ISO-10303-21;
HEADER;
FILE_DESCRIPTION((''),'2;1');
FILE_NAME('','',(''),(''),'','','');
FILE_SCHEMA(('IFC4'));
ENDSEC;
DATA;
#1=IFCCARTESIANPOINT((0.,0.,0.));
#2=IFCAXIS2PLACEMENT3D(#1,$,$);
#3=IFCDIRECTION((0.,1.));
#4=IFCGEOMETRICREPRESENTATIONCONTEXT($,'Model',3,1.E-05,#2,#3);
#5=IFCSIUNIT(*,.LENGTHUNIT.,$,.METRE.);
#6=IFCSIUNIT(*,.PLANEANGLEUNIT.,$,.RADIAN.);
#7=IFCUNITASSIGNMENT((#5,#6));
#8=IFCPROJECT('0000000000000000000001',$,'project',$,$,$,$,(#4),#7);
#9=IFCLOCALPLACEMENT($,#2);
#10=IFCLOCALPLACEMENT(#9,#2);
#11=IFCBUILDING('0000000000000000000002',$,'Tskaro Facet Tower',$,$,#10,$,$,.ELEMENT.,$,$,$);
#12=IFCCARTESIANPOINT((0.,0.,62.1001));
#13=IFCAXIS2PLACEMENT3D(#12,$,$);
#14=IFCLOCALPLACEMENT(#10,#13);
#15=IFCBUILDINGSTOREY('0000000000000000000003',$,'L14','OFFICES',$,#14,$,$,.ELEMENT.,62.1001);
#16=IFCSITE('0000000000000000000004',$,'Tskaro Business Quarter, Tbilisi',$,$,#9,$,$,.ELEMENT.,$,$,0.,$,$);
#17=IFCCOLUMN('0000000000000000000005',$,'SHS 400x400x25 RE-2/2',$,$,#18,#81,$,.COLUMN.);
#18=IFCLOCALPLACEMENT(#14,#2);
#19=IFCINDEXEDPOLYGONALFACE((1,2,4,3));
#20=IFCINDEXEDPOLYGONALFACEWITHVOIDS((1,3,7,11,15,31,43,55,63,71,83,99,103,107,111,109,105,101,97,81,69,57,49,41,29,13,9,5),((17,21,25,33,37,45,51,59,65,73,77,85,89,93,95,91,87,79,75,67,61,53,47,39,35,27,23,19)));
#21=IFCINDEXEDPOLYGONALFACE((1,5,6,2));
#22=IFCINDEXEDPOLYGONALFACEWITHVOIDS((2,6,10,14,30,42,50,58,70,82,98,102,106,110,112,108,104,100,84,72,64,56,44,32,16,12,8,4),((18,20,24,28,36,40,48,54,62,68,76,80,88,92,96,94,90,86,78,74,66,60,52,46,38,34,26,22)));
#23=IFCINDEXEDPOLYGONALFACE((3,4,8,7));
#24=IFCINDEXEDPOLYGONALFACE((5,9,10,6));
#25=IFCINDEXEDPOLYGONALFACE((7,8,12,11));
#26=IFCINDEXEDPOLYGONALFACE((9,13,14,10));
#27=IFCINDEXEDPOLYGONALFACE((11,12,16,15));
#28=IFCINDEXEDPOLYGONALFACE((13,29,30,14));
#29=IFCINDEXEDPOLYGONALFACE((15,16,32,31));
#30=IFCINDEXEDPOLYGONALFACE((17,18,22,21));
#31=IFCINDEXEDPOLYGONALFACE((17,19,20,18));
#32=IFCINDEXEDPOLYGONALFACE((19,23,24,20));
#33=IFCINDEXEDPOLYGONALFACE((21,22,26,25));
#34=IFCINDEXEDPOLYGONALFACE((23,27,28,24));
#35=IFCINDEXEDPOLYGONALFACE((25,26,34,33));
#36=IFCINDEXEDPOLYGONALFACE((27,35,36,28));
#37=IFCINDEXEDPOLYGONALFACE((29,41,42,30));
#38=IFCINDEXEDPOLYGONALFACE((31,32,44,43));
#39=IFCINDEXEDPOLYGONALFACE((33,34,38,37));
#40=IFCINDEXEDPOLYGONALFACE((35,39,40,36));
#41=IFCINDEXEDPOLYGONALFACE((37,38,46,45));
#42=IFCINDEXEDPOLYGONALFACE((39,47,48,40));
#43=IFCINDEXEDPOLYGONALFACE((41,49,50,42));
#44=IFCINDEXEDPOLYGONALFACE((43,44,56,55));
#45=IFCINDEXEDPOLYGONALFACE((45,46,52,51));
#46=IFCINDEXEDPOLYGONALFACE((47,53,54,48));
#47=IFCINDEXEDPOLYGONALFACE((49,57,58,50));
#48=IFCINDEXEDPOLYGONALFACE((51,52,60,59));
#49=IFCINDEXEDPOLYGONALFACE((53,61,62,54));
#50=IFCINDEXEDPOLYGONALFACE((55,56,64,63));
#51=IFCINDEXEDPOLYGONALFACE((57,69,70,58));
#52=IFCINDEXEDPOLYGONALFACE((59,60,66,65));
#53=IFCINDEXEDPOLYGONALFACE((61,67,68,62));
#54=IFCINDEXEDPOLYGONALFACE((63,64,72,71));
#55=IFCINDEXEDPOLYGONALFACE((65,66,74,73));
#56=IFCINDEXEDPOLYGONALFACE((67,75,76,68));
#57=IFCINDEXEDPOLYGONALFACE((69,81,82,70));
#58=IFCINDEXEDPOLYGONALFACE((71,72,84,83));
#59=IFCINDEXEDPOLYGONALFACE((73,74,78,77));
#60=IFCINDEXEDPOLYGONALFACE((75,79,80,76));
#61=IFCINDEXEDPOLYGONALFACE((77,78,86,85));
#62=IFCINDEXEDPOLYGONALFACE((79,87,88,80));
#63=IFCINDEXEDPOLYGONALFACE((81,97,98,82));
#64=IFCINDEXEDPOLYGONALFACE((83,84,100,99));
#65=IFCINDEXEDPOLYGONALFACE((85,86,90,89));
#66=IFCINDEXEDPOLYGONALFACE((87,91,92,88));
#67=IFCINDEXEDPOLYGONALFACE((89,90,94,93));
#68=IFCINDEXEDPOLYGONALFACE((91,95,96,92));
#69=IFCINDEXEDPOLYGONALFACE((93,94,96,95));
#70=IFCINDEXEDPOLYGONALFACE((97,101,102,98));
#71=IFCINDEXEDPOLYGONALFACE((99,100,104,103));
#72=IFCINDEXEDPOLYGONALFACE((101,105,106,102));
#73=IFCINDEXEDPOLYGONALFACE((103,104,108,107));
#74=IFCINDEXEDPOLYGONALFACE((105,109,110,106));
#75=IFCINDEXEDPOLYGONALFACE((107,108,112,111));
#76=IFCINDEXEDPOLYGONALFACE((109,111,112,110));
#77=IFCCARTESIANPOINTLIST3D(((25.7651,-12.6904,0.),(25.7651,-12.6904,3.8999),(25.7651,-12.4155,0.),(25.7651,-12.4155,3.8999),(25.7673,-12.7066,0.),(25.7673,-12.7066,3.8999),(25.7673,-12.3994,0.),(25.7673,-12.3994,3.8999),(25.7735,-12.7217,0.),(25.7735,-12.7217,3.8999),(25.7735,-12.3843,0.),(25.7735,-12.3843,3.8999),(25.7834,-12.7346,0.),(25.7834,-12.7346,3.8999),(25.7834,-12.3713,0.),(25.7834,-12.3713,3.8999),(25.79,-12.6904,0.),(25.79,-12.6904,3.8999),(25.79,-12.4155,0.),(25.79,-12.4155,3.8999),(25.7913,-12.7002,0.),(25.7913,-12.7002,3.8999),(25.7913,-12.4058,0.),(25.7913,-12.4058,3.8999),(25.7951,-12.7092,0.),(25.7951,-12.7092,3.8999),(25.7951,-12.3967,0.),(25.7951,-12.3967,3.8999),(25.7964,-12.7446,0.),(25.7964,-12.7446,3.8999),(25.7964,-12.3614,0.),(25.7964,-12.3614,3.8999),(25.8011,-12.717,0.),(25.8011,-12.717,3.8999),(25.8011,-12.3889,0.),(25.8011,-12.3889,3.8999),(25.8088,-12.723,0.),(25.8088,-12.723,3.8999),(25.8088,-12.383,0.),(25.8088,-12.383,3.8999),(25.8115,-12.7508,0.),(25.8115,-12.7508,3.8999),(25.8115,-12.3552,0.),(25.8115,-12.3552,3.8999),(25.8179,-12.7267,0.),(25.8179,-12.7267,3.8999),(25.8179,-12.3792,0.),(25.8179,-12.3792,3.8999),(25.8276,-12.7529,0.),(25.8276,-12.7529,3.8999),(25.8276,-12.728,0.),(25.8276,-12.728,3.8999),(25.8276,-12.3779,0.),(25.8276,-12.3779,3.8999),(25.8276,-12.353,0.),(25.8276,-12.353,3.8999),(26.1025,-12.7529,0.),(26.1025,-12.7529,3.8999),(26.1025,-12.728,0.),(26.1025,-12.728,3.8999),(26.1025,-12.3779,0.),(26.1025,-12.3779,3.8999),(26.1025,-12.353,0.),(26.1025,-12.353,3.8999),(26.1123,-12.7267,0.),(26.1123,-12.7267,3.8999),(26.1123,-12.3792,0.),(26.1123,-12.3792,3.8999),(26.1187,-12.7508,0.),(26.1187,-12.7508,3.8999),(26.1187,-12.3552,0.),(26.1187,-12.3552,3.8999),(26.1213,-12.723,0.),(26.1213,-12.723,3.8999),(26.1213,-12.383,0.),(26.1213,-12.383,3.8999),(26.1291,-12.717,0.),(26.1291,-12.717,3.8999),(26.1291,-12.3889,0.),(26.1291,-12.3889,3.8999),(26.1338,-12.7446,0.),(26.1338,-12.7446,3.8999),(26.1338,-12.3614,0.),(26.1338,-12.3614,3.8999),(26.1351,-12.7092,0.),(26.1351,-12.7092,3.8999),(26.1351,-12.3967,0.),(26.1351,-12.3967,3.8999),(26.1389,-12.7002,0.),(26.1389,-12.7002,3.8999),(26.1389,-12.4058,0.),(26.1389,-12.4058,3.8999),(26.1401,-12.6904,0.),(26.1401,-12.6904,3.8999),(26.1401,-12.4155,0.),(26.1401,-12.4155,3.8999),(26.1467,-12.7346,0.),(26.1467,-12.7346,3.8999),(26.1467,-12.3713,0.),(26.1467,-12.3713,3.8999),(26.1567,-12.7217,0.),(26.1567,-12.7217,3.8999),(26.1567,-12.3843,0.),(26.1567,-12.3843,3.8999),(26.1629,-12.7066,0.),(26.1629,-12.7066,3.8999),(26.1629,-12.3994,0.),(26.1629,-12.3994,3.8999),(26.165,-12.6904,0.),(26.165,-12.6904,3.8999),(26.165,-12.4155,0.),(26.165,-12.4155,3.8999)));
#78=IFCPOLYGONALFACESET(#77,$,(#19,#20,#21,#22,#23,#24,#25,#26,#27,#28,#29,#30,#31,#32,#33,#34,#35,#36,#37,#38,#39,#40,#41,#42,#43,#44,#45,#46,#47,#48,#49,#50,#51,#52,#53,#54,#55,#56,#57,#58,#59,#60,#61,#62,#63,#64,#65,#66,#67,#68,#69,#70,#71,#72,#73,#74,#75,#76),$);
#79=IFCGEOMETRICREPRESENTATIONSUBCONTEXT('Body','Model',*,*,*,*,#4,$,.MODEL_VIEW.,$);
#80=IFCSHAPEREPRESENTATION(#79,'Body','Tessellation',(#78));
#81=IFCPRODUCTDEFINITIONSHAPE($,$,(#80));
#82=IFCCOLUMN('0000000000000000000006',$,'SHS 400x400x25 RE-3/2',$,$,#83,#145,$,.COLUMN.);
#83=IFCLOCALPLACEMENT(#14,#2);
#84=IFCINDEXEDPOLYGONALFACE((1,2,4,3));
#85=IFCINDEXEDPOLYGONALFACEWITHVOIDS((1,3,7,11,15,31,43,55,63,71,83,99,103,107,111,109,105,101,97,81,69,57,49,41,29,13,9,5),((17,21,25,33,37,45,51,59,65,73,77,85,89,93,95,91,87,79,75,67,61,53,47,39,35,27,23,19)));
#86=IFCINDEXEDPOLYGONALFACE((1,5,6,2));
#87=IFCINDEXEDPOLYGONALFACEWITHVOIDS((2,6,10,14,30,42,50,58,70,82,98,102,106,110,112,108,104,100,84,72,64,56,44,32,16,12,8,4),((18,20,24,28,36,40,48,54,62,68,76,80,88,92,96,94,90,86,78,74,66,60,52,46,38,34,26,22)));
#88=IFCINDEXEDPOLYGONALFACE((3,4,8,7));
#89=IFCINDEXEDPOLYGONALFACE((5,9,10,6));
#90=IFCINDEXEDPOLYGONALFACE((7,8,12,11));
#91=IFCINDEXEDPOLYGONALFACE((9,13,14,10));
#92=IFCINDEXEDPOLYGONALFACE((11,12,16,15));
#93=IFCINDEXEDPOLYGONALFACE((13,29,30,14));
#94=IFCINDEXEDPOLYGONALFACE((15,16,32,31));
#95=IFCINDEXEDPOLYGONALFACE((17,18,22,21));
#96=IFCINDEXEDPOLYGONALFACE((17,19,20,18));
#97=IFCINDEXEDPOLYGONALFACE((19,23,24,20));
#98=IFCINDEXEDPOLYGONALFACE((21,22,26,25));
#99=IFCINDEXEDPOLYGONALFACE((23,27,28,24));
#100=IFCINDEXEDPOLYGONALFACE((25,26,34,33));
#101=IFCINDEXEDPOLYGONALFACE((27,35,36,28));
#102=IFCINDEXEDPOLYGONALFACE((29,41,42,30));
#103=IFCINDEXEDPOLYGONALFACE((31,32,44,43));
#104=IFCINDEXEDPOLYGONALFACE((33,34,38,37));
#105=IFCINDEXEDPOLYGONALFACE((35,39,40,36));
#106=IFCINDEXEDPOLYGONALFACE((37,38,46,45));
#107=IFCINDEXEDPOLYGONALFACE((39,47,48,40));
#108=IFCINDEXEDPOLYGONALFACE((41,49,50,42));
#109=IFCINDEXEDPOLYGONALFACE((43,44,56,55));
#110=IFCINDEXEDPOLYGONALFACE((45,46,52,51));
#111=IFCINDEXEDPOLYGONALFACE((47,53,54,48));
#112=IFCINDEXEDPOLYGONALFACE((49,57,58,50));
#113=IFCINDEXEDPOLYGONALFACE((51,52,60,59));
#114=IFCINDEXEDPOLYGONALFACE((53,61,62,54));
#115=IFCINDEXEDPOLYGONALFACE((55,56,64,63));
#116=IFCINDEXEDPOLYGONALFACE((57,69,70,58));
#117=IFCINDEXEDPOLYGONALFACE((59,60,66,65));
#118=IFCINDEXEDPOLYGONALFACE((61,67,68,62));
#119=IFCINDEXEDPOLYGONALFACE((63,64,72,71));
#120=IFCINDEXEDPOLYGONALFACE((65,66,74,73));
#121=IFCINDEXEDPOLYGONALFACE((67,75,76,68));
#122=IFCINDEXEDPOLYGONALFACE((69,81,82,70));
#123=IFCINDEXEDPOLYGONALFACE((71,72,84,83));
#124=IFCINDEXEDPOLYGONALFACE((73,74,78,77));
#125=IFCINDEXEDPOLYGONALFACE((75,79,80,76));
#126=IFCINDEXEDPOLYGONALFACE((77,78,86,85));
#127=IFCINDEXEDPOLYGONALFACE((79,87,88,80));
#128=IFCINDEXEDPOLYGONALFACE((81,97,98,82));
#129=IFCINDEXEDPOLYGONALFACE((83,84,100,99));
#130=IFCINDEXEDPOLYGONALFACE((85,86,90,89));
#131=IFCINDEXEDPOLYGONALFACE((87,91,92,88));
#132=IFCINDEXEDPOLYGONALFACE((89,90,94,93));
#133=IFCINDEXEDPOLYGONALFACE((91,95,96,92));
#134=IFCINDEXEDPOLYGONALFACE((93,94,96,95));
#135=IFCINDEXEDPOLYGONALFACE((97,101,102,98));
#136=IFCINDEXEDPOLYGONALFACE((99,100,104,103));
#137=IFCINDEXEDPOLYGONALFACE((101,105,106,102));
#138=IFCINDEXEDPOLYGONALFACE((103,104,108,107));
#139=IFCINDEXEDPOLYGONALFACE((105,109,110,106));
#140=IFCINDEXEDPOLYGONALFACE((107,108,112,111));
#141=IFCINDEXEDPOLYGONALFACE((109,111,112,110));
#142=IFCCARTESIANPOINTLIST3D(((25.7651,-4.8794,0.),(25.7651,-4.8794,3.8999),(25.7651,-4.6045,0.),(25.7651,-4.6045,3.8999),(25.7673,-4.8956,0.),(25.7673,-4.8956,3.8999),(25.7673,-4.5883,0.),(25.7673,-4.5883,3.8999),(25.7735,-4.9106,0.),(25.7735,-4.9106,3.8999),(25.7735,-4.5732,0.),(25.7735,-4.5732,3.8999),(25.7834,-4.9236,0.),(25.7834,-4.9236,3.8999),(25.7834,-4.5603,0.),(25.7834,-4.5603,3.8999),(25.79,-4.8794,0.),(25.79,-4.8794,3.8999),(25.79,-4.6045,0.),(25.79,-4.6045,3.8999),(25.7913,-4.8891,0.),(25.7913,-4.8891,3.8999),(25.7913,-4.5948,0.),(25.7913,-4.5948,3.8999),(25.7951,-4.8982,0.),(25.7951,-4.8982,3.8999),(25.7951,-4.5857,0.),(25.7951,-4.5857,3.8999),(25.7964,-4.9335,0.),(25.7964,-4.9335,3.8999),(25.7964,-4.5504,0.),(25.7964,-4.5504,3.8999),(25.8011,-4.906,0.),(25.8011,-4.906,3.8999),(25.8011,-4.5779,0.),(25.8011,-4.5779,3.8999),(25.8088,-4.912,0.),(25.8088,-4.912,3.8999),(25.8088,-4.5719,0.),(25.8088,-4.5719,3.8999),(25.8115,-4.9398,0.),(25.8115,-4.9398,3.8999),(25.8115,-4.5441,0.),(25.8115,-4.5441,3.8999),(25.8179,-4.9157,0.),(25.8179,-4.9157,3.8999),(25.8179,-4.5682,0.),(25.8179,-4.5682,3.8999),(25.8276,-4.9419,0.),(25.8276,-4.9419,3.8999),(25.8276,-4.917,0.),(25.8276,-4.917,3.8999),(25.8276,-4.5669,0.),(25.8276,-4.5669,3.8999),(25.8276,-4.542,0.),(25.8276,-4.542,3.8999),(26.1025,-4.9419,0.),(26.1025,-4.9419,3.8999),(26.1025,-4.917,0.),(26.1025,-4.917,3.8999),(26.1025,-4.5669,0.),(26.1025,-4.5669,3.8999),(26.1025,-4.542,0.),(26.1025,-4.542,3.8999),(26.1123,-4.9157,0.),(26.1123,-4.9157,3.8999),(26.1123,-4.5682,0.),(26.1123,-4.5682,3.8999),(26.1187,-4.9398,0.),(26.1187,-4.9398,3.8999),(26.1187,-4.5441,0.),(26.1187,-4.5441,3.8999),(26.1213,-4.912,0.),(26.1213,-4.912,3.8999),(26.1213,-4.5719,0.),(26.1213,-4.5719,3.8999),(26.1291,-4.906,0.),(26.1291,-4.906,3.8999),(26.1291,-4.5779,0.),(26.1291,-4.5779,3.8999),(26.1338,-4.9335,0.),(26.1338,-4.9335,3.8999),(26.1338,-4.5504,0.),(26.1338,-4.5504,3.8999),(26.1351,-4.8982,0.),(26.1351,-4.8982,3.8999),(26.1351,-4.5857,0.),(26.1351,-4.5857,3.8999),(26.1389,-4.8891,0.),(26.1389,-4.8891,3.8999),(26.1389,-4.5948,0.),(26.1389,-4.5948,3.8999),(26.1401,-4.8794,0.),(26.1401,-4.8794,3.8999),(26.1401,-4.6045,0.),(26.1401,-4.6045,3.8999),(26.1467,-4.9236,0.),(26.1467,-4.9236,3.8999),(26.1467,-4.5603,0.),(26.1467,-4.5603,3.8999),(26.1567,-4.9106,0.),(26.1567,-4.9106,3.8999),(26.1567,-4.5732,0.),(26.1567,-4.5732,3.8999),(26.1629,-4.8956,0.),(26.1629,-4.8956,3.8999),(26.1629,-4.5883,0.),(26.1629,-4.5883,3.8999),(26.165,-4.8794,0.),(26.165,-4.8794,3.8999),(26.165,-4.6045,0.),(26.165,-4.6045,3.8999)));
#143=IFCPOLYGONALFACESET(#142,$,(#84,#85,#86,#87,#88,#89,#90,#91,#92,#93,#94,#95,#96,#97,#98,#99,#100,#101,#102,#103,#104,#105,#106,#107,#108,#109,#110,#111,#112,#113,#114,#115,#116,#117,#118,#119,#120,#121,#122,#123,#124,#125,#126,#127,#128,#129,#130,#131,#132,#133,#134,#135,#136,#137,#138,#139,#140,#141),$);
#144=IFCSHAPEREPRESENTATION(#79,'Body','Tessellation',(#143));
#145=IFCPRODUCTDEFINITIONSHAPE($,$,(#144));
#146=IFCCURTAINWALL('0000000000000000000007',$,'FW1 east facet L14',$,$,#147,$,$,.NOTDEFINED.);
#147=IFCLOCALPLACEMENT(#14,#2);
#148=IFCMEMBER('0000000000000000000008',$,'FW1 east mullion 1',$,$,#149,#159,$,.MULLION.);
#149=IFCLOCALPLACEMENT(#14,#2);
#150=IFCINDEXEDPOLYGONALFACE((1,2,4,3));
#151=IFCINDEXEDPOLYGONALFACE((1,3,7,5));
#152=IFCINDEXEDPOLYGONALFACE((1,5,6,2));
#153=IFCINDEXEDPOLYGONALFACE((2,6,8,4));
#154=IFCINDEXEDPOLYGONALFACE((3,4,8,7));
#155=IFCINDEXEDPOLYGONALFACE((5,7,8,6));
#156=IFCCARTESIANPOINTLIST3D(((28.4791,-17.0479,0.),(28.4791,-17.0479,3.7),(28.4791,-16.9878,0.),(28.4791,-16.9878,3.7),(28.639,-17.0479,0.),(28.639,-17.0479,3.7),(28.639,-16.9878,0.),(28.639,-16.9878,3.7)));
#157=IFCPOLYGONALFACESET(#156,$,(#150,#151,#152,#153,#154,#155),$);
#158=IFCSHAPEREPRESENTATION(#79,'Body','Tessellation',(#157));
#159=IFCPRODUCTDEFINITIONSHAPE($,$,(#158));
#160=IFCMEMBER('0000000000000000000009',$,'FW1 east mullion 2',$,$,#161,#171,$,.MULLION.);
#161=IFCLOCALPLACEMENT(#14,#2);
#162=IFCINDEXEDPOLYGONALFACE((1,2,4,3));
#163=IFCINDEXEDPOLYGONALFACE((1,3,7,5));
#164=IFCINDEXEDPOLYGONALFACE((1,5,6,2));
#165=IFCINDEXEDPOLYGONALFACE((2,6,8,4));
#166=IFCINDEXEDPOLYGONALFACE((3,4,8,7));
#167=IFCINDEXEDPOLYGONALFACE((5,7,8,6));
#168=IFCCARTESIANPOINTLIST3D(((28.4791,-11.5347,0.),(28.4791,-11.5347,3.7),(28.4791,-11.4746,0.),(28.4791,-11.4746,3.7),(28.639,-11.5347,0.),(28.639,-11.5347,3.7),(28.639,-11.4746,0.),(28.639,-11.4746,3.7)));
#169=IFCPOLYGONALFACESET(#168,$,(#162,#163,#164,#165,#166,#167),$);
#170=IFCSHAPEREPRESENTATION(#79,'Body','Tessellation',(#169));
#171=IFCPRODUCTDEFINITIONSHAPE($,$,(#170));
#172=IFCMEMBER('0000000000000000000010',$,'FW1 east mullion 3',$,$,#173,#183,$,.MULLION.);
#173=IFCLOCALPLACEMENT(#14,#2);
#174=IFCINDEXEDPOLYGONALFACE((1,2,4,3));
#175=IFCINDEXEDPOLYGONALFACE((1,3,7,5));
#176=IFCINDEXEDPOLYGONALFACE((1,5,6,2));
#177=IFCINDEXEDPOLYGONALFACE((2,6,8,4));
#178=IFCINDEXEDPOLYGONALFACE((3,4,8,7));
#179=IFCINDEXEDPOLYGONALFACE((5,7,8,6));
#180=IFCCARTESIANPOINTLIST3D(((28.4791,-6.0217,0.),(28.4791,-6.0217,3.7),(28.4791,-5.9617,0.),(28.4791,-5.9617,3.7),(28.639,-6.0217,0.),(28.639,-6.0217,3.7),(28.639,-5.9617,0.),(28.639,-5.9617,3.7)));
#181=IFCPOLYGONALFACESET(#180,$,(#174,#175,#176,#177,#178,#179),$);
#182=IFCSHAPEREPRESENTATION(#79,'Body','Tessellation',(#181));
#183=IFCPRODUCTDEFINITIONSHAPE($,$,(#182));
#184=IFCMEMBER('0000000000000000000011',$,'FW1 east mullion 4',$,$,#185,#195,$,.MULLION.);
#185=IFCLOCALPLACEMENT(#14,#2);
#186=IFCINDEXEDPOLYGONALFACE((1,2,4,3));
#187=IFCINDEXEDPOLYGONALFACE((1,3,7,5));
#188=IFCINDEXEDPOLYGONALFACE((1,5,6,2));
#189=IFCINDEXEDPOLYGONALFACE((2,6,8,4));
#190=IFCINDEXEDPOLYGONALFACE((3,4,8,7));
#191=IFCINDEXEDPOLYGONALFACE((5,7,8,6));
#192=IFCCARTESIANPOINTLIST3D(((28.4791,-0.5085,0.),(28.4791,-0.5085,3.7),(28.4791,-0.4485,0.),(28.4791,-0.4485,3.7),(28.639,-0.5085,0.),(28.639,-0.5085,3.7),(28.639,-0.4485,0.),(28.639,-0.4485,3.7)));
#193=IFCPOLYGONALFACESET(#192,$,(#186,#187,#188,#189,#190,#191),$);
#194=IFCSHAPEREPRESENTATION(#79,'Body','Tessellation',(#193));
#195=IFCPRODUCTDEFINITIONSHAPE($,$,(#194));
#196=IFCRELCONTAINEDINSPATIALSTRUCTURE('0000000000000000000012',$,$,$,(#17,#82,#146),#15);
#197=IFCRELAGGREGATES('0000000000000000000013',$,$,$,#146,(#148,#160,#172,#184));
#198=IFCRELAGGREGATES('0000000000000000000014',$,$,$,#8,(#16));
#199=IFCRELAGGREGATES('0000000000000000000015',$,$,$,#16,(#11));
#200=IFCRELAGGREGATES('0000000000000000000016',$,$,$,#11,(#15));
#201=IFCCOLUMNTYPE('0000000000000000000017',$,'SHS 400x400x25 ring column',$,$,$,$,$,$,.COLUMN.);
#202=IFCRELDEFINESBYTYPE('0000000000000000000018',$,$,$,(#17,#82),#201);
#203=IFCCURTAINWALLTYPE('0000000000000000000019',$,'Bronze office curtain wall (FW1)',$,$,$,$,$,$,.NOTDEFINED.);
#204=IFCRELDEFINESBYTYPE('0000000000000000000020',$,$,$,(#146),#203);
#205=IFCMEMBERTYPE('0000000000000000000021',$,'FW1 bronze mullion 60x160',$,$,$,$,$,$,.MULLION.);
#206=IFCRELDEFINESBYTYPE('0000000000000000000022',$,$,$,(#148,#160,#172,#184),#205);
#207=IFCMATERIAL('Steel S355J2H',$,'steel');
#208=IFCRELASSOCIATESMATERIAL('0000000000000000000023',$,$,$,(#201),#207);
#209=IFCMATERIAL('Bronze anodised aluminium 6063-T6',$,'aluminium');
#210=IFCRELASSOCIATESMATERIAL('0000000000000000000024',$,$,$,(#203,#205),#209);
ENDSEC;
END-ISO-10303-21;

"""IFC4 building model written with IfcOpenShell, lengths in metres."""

from ifc_helpers import new_model, si_unit, direction, frame, origin, origin_2d, place, context, subcontext, project, spatial, rectangle, hollow_rectangle, extrude, material, material_profile, profile_set, type_object, element, aggregate, save


model = new_model("IFC4")

# Units and contexts
model_context = context("Model", 3, precision=1e-05, world=origin(), true_north=direction((0.0, 1.0)))
body_context = subcontext(model_context, "Body", "Model", "MODEL_VIEW")
ifc_project = project(units=[si_unit("LENGTHUNIT", "METRE"), si_unit("PLANEANGLEUNIT", "RADIAN")], contexts=[model_context])

# Site, building, storey
site_placement = place(None, origin())
site = spatial("IfcSite", under=ifc_project, at=site_placement, Name="Tskaro Business Quarter, Tbilisi", CompositionType="ELEMENT", RefElevation=0.0)
building_placement = place(site_placement, origin())
building = spatial("IfcBuilding", under=site, at=building_placement, Name="Tskaro Facet Tower", CompositionType="ELEMENT")
storey_placement = place(building_placement, frame((0.0, 0.0, 62.1001)))
storey = spatial("IfcBuildingStorey", under=building, at=storey_placement, Name="L14", Description="OFFICES", CompositionType="ELEMENT", Elevation=62.1001)

# Columns
ifc_material_1 = material(Name="Steel S355J2H", Category="steel")
ifc_material_profile_1 = material_profile(ifc_material_1, hollow_rectangle(XDim=0.3999, YDim=0.3999, WallThickness=0.0249, InnerFilletRadius=0.0376, OuterFilletRadius=0.0625, at=origin_2d()), Name="SHS 400x400x25")
ifc_profile_set_1 = profile_set([ifc_material_profile_1], Name="Steel S355J2H")
column_type_1 = type_object("IfcColumnType", Name="SHS 400x400x25 ring column", PredefinedType="COLUMN", material=ifc_profile_set_1)
for number, where, z_axis, x_axis, name in (
    (1, (25.9651, -12.553, 0.0), (0.0, 0.0, 1.0), (1.0, 0.0, 0.0), "SHS 400x400x25 RE-2/2"),
    (2, (25.9651, -4.7419, 0.0), (0.0, 0.0, 1.0), (1.0, 0.0, 0.0), "SHS 400x400x25 RE-3/2"),
):
    element("IfcColumn", number, at=place(storey_placement, frame(where, z_axis=z_axis, x_axis=x_axis)), inside=storey, type_object=column_type_1, Name=name, PredefinedType="COLUMN", context=body_context, shape_type="SweptSolid", body=[
        extrude(hollow_rectangle(XDim=0.3999, YDim=0.3999, WallThickness=0.0249, InnerFilletRadius=0.0376, OuterFilletRadius=0.0625, at=origin_2d()), origin(), (0.0, 0.0, 1.0), 3.8999),
    ])

# Curtain wall, members
ifc_material_2 = material(Name="Bronze anodised aluminium 6063-T6", Category="aluminium")
curtain_wall_type = type_object("IfcCurtainWallType", Name="Bronze office curtain wall (FW1)", PredefinedType="NOTDEFINED", material=ifc_material_2)
curtain_wall_placement = place(storey_placement, origin())
curtain_wall = element("IfcCurtainWall", 3, at=curtain_wall_placement, inside=storey, type_object=curtain_wall_type, Name="FW1 east facet L14", PredefinedType="NOTDEFINED")
ifc_material_profile_2 = material_profile(ifc_material_2, rectangle(XDim=0.0601, YDim=0.1599, at=origin_2d()), Name="Mullion 60x160")
ifc_profile_set_2 = profile_set([ifc_material_profile_2], Name="Bronze anodised aluminium 6063-T6")
member_type_1 = type_object("IfcMemberType", Name="FW1 bronze mullion 60x160", PredefinedType="MULLION", material=ifc_profile_set_2)
member_1_placement = place(storey_placement, frame((28.5591, -17.0178, 0.0), z_axis=(0.0, 0.0, 1.0), x_axis=(0.0, 1.0, 0.0)))
member_1 = element("IfcMember", 4, at=member_1_placement, type_object=member_type_1, Name="FW1 east mullion 1", PredefinedType="MULLION", context=body_context, shape_type="SweptSolid", body=[
    extrude(rectangle(XDim=0.0601, YDim=0.1599, at=origin_2d()), origin(), (0.0, 0.0, 1.0), 3.7),
])
member_2_placement = place(storey_placement, frame((28.5591, -11.5046, 0.0), z_axis=(0.0, 0.0, 1.0), x_axis=(0.0, 1.0, 0.0)))
member_2 = element("IfcMember", 5, at=member_2_placement, type_object=member_type_1, Name="FW1 east mullion 2", PredefinedType="MULLION", context=body_context, shape_type="SweptSolid", body=[
    extrude(rectangle(XDim=0.0601, YDim=0.1599, at=origin_2d()), origin(), (0.0, 0.0, 1.0), 3.7),
])
member_3_placement = place(storey_placement, frame((28.5591, -5.9917, 0.0), z_axis=(0.0, 0.0, 1.0), x_axis=(0.0, 1.0, 0.0)))
member_3 = element("IfcMember", 6, at=member_3_placement, type_object=member_type_1, Name="FW1 east mullion 3", PredefinedType="MULLION", context=body_context, shape_type="SweptSolid", body=[
    extrude(rectangle(XDim=0.0601, YDim=0.1599, at=origin_2d()), origin(), (0.0, 0.0, 1.0), 3.7),
])
member_4_placement = place(storey_placement, frame((28.5591, -0.4785, 0.0), z_axis=(0.0, 0.0, 1.0), x_axis=(0.0, 1.0, 0.0)))
member_4 = element("IfcMember", 7, at=member_4_placement, type_object=member_type_1, Name="FW1 east mullion 4", PredefinedType="MULLION", context=body_context, shape_type="SweptSolid", body=[
    extrude(rectangle(XDim=0.0601, YDim=0.1599, at=origin_2d()), origin(), (0.0, 0.0, 1.0), 3.7),
])
aggregate(curtain_wall, [member_1, member_2, member_3, member_4])

save(model, "model.ifc")
